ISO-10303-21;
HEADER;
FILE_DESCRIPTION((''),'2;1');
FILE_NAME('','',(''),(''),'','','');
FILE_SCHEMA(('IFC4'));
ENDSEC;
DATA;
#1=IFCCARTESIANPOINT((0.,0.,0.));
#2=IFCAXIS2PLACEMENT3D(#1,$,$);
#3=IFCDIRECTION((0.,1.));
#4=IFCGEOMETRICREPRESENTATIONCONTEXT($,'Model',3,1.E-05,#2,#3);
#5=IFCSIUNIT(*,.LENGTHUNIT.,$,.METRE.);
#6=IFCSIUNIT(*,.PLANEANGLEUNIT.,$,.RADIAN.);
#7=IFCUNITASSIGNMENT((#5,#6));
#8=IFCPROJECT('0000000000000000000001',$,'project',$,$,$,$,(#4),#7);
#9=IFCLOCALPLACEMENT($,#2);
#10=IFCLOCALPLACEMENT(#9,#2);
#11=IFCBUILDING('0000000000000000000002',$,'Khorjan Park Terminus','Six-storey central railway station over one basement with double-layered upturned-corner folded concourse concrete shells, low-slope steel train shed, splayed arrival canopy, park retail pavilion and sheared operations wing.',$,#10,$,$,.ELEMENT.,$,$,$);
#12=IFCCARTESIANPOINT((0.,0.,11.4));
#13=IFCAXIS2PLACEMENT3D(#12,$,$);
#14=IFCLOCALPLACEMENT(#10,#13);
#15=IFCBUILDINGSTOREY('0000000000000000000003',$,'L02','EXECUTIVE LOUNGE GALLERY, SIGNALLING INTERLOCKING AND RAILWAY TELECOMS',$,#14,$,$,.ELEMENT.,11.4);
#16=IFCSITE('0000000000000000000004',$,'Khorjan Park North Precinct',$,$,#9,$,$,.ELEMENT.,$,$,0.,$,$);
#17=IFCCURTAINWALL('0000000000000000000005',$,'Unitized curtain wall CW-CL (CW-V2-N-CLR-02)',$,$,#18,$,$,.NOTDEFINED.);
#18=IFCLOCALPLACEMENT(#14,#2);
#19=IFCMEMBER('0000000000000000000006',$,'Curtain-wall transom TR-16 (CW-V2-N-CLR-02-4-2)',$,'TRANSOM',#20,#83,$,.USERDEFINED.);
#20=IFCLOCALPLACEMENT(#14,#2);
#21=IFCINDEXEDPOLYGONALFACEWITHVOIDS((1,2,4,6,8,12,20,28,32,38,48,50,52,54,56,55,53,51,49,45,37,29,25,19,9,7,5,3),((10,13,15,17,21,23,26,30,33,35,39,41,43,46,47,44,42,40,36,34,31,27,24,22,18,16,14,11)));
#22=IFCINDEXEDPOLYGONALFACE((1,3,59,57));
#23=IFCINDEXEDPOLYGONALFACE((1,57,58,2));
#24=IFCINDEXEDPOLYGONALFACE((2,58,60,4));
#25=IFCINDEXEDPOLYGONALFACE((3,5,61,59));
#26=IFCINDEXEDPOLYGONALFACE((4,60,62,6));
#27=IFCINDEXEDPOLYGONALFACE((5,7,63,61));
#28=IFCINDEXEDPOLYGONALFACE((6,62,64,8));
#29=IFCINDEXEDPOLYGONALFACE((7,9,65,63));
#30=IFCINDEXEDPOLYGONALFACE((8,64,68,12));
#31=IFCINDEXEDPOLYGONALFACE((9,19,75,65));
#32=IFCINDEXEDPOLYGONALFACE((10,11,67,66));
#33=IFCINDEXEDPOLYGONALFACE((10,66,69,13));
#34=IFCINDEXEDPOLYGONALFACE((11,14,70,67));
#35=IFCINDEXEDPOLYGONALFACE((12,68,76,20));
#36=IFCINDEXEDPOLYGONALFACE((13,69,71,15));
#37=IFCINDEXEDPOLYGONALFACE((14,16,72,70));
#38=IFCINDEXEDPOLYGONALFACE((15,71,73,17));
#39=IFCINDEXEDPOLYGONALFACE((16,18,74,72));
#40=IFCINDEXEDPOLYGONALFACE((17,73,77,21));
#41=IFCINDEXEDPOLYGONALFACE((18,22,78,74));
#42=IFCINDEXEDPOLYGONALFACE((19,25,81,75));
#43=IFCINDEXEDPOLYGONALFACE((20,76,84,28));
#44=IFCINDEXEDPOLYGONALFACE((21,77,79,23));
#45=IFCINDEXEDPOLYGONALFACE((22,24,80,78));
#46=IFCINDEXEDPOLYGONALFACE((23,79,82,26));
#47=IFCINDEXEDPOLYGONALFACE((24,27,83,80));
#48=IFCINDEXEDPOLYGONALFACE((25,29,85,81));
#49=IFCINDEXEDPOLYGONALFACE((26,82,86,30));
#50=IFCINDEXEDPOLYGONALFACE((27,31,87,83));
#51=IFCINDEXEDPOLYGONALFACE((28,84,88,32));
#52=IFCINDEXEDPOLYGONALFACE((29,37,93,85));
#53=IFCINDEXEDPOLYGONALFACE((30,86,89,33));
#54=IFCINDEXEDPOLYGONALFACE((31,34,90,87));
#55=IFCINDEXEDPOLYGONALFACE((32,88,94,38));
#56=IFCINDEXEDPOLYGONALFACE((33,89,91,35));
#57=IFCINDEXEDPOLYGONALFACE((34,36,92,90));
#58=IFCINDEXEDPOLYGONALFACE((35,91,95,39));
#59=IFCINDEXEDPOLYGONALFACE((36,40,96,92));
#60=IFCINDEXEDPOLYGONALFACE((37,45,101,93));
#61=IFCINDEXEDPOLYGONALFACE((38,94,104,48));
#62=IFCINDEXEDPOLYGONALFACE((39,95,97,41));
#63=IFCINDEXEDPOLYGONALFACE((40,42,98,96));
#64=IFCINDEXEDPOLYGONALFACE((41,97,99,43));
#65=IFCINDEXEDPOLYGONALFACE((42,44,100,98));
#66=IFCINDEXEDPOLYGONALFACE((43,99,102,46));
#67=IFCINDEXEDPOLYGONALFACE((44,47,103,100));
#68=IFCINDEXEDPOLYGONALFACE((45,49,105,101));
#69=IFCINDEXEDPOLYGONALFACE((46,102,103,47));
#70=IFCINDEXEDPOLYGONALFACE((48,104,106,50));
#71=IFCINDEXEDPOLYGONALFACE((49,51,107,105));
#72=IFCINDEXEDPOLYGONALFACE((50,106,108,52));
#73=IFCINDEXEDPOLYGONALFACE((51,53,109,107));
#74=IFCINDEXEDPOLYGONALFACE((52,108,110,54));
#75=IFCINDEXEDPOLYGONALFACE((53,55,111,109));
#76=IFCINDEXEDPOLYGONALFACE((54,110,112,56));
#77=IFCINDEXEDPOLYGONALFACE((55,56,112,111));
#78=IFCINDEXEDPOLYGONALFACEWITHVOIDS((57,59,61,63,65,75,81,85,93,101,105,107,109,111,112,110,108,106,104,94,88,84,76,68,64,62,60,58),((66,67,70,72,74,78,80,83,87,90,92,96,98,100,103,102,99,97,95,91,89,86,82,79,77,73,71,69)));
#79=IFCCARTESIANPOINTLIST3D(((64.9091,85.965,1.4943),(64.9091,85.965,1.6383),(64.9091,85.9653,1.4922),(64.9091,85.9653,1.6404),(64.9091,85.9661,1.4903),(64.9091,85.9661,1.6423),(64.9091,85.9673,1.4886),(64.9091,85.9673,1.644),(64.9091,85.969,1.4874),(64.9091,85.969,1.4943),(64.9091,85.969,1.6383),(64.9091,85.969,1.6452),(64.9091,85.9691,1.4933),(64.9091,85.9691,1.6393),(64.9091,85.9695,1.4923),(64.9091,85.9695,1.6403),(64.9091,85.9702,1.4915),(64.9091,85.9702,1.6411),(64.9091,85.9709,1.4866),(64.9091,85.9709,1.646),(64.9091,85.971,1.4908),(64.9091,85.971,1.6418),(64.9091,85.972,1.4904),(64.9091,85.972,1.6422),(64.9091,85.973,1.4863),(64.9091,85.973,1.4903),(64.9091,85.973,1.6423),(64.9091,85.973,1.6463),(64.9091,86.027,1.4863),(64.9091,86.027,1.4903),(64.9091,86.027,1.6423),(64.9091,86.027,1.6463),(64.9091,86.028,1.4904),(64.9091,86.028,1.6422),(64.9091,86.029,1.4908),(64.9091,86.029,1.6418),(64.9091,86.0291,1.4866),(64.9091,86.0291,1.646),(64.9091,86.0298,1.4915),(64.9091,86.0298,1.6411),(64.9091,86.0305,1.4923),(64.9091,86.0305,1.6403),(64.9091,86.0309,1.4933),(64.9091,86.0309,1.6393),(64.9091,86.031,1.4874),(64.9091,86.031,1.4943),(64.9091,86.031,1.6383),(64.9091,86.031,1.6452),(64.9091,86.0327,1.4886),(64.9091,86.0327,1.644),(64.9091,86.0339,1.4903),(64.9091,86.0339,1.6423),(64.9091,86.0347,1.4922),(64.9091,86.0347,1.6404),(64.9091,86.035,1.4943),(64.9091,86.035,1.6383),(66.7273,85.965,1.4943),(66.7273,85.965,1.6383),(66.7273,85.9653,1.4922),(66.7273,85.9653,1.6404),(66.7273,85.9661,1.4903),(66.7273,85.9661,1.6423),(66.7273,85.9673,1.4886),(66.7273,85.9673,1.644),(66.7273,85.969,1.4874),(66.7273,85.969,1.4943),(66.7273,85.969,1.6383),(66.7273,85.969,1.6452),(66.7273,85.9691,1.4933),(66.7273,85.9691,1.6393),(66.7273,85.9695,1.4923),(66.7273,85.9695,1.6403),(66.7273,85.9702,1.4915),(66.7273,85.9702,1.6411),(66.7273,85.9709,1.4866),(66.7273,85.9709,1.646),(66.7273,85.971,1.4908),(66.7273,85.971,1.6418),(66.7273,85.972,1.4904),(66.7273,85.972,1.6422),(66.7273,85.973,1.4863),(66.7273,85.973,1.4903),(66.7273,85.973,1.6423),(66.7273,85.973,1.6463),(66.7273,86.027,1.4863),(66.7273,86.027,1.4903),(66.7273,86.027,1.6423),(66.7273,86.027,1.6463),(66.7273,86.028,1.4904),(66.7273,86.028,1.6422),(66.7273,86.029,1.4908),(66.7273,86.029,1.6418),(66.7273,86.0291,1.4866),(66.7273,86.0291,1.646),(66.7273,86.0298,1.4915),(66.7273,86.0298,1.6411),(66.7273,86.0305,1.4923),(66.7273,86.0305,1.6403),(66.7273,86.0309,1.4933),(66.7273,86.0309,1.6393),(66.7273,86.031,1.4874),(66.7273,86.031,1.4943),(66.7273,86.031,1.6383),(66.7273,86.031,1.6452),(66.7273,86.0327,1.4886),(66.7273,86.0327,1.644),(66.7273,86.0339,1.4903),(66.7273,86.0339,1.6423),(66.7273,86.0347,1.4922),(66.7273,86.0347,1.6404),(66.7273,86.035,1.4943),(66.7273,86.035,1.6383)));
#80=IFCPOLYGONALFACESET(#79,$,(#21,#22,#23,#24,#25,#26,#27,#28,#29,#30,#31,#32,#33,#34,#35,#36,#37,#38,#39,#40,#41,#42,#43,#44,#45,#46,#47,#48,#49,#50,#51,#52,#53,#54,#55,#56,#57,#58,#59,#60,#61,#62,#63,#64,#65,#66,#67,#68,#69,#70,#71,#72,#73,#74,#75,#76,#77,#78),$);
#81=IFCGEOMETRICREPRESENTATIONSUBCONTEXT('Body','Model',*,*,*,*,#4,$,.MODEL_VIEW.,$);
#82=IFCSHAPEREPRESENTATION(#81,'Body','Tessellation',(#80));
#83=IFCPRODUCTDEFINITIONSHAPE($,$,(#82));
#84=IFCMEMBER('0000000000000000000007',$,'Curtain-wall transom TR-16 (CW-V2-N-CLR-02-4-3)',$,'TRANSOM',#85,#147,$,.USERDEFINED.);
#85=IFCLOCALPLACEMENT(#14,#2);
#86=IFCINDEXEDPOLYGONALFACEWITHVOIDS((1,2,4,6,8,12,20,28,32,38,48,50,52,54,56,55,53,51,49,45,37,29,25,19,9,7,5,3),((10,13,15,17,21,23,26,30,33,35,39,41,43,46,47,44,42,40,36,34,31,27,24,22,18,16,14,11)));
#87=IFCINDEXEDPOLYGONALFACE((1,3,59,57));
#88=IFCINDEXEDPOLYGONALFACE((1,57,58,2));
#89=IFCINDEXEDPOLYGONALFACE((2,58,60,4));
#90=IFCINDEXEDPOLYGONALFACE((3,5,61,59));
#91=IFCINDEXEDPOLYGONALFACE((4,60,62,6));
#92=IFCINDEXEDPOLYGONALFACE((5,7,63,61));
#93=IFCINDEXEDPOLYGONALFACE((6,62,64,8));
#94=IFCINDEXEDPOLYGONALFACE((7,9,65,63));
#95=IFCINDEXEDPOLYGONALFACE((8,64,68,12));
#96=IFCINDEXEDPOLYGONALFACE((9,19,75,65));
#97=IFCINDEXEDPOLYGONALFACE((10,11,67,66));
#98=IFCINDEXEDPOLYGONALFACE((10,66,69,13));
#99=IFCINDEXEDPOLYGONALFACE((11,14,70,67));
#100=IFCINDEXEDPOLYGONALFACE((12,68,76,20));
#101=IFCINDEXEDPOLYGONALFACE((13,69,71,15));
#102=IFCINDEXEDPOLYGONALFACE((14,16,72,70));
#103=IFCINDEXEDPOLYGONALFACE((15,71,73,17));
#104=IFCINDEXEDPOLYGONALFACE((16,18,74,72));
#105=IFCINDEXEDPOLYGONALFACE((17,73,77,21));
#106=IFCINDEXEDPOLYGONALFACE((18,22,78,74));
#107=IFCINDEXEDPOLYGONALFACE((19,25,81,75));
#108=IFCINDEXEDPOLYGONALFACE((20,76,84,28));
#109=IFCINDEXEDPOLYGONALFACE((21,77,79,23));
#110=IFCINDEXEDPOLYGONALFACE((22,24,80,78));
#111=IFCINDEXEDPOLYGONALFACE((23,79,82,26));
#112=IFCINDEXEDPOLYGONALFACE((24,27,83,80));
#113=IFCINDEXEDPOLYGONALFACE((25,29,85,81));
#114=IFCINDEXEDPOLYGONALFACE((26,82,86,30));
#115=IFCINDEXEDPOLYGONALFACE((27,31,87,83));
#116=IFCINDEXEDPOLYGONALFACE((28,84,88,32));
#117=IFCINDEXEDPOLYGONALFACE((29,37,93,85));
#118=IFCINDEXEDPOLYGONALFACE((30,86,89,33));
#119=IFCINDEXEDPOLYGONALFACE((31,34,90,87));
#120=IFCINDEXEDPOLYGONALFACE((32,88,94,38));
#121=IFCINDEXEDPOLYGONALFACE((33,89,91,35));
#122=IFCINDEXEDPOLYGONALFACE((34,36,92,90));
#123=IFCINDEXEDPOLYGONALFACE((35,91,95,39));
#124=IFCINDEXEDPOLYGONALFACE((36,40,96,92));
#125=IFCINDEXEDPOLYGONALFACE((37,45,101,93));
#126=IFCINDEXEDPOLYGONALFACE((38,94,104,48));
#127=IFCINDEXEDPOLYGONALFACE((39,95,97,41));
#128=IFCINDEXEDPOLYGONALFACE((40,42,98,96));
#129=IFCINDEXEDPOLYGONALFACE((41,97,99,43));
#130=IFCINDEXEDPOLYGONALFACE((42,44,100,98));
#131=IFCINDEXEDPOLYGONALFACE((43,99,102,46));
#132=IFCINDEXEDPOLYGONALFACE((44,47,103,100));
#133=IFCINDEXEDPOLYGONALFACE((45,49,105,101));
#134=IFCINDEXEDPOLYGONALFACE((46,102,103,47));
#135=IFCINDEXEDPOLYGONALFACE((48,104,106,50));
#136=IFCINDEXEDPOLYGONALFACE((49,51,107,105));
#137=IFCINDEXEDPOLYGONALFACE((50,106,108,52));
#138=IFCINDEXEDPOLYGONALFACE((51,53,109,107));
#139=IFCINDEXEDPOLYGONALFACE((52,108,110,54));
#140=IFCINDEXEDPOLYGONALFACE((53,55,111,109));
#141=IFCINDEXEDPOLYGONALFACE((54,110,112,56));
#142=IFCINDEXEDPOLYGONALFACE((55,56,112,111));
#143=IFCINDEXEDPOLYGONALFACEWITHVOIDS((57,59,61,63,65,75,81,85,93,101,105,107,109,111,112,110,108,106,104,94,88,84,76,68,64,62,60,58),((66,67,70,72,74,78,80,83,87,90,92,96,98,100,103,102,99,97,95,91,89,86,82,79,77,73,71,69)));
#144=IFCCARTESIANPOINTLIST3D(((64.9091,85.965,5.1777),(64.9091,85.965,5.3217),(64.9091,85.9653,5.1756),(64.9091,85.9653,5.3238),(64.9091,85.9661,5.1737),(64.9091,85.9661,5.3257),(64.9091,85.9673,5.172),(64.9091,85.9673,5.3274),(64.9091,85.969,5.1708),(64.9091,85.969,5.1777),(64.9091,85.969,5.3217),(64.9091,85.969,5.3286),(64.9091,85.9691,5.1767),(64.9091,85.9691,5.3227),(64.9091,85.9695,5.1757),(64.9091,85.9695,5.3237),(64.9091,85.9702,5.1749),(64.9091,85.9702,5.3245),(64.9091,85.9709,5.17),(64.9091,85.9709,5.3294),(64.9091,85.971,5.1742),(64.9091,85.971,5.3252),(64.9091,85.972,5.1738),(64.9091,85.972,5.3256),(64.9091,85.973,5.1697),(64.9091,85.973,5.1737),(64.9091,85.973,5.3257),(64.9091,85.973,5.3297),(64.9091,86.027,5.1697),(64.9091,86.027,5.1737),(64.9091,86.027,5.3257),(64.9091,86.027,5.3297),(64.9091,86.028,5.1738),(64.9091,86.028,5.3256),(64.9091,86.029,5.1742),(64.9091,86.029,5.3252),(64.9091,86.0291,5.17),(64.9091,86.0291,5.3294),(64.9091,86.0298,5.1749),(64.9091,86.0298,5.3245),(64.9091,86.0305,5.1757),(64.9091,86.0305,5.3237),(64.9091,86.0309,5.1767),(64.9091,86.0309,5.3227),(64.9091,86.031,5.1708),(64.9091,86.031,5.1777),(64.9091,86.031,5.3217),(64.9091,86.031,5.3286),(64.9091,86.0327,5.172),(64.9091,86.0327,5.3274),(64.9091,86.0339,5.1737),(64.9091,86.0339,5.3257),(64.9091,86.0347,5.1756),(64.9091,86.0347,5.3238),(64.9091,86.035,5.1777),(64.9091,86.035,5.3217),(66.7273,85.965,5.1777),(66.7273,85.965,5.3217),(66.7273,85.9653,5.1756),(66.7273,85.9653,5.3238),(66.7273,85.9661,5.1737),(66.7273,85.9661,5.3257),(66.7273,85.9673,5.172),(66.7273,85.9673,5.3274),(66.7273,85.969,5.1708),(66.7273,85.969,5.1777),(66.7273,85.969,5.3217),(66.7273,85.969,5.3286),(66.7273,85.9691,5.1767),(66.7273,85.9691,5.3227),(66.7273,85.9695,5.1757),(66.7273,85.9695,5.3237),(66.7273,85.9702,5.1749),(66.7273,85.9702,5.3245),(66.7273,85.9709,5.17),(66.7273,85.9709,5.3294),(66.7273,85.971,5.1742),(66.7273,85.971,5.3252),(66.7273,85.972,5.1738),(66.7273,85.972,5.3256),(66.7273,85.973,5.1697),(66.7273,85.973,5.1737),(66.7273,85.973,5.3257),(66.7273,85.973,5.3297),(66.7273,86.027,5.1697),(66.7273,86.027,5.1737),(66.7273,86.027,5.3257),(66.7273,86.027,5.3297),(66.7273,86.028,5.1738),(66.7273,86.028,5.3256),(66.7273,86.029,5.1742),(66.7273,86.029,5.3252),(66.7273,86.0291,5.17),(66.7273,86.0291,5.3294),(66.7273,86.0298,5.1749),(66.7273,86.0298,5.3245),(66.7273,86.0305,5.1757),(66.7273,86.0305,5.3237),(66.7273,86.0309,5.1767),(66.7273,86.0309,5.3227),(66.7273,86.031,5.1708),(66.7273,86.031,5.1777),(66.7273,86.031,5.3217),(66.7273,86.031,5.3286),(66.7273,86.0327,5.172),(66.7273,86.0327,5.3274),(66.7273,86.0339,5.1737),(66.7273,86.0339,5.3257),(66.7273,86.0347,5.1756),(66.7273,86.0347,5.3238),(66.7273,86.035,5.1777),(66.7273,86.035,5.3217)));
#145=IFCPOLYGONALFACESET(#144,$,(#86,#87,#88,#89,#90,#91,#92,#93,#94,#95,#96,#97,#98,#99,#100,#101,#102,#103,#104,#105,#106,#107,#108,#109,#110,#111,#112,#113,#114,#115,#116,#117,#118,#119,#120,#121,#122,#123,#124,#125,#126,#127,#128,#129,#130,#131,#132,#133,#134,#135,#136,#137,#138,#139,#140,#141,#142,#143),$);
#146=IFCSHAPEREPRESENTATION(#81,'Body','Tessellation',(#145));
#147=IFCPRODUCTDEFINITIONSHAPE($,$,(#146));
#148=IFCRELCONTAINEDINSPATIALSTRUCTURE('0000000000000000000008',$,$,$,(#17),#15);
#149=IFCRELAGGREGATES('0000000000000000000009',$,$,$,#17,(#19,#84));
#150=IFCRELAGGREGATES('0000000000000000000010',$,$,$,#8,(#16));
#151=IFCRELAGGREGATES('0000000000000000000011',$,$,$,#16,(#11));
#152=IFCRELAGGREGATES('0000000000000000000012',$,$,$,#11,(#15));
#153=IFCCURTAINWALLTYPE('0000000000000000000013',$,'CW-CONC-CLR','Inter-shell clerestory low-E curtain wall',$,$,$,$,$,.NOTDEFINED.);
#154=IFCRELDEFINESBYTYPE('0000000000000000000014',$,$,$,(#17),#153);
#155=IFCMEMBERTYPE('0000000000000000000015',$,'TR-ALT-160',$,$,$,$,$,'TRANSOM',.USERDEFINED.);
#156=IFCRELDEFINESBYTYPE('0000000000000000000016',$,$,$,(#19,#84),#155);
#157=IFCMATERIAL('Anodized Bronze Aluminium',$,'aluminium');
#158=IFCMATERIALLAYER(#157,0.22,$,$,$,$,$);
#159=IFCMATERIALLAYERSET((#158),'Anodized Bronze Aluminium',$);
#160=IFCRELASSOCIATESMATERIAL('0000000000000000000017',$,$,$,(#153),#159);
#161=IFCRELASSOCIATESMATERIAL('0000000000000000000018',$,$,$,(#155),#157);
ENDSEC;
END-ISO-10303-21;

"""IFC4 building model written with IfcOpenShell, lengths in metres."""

from ifc_helpers import new_model, si_unit, direction, frame, origin, origin_2d, place, context, subcontext, project, spatial, hollow_rectangle, extrude, material, layer, layer_set, material_profile, profile_set, type_object, element, aggregate, save


model = new_model("IFC4")

# Units and contexts
model_context = context("Model", 3, precision=1e-05, world=origin(), true_north=direction((0.0, 1.0)))
body_context = subcontext(model_context, "Body", "Model", "MODEL_VIEW")
ifc_project = project(units=[si_unit("LENGTHUNIT", "METRE"), si_unit("PLANEANGLEUNIT", "RADIAN")], contexts=[model_context])

# Site, building, storey
site_placement = place(None, origin())
site = spatial("IfcSite", under=ifc_project, at=site_placement, Name="Khorjan Park North Precinct", CompositionType="ELEMENT", RefElevation=0.0)
building_placement = place(site_placement, origin())
building = spatial("IfcBuilding", under=site, at=building_placement, Name="Khorjan Park Terminus", Description="Six-storey central railway station over one basement with double-layered upturned-corner folded concourse concrete shells, low-slope steel train shed, splayed arrival canopy, park retail pavilion and sheared operations wing.", CompositionType="ELEMENT")
storey_placement = place(building_placement, frame((0.0, 0.0, 11.4)))
storey = spatial("IfcBuildingStorey", under=building, at=storey_placement, Name="L02", Description="EXECUTIVE LOUNGE GALLERY, SIGNALLING INTERLOCKING AND RAILWAY TELECOMS", CompositionType="ELEMENT", Elevation=11.4)

# Curtain wall, members
ifc_material_1 = material(Name="Anodized Bronze Aluminium", Category="aluminium")
ifc_layer_1 = layer(ifc_material_1, 0.22)
ifc_layer_set_1 = layer_set([ifc_layer_1], Name="Anodized Bronze Aluminium")
curtain_wall_type = type_object("IfcCurtainWallType", Name="CW-CONC-CLR", Description="Inter-shell clerestory low-E curtain wall", PredefinedType="NOTDEFINED", material=ifc_layer_set_1)
curtain_wall_placement = place(storey_placement, origin())
curtain_wall = element("IfcCurtainWall", 1, at=curtain_wall_placement, inside=storey, type_object=curtain_wall_type, Name="Unitized curtain wall CW-CL (CW-V2-N-CLR-02)", PredefinedType="NOTDEFINED")
ifc_material_profile_1 = material_profile(ifc_material_1, hollow_rectangle(XDim=0.07, YDim=0.16, WallThickness=0.004, InnerFilletRadius=0.004, OuterFilletRadius=0.008, at=origin_2d()), Name="ALT 70x160x4")
ifc_profile_set_1 = profile_set([ifc_material_profile_1], Name="Anodized Bronze Aluminium")
member_type_1 = type_object("IfcMemberType", Name="TR-ALT-160", ElementType="TRANSOM", PredefinedType="USERDEFINED", material=ifc_profile_set_1)
member_1_placement = place(storey_placement, frame((66.7273, 86.0, 1.5663), z_axis=(-1.0, 0.0, 0.0), x_axis=(0.0, -1.0, 0.0)))
member_1 = element("IfcMember", 2, at=member_1_placement, type_object=member_type_1, Name="Curtain-wall transom TR-16 (CW-V2-N-CLR-02-4-2)", ObjectType="TRANSOM", PredefinedType="USERDEFINED", context=body_context, shape_type="SweptSolid", body=[
    extrude(hollow_rectangle(XDim=0.07, YDim=0.16, WallThickness=0.004, InnerFilletRadius=0.004, OuterFilletRadius=0.008, at=origin_2d()), origin(), (0.0, 0.0, 1.0), 1.8182),
])
member_2_placement = place(storey_placement, frame((66.7273, 86.0, 5.2497), z_axis=(-1.0, 0.0, 0.0), x_axis=(0.0, -1.0, 0.0)))
member_2 = element("IfcMember", 3, at=member_2_placement, type_object=member_type_1, Name="Curtain-wall transom TR-16 (CW-V2-N-CLR-02-4-3)", ObjectType="TRANSOM", PredefinedType="USERDEFINED", context=body_context, shape_type="SweptSolid", body=[
    extrude(hollow_rectangle(XDim=0.07, YDim=0.16, WallThickness=0.004, InnerFilletRadius=0.004, OuterFilletRadius=0.008, at=origin_2d()), origin(), (0.0, 0.0, 1.0), 1.8182),
])

aggregate(curtain_wall, [member_1, member_2])

save(model, "model.ifc")
